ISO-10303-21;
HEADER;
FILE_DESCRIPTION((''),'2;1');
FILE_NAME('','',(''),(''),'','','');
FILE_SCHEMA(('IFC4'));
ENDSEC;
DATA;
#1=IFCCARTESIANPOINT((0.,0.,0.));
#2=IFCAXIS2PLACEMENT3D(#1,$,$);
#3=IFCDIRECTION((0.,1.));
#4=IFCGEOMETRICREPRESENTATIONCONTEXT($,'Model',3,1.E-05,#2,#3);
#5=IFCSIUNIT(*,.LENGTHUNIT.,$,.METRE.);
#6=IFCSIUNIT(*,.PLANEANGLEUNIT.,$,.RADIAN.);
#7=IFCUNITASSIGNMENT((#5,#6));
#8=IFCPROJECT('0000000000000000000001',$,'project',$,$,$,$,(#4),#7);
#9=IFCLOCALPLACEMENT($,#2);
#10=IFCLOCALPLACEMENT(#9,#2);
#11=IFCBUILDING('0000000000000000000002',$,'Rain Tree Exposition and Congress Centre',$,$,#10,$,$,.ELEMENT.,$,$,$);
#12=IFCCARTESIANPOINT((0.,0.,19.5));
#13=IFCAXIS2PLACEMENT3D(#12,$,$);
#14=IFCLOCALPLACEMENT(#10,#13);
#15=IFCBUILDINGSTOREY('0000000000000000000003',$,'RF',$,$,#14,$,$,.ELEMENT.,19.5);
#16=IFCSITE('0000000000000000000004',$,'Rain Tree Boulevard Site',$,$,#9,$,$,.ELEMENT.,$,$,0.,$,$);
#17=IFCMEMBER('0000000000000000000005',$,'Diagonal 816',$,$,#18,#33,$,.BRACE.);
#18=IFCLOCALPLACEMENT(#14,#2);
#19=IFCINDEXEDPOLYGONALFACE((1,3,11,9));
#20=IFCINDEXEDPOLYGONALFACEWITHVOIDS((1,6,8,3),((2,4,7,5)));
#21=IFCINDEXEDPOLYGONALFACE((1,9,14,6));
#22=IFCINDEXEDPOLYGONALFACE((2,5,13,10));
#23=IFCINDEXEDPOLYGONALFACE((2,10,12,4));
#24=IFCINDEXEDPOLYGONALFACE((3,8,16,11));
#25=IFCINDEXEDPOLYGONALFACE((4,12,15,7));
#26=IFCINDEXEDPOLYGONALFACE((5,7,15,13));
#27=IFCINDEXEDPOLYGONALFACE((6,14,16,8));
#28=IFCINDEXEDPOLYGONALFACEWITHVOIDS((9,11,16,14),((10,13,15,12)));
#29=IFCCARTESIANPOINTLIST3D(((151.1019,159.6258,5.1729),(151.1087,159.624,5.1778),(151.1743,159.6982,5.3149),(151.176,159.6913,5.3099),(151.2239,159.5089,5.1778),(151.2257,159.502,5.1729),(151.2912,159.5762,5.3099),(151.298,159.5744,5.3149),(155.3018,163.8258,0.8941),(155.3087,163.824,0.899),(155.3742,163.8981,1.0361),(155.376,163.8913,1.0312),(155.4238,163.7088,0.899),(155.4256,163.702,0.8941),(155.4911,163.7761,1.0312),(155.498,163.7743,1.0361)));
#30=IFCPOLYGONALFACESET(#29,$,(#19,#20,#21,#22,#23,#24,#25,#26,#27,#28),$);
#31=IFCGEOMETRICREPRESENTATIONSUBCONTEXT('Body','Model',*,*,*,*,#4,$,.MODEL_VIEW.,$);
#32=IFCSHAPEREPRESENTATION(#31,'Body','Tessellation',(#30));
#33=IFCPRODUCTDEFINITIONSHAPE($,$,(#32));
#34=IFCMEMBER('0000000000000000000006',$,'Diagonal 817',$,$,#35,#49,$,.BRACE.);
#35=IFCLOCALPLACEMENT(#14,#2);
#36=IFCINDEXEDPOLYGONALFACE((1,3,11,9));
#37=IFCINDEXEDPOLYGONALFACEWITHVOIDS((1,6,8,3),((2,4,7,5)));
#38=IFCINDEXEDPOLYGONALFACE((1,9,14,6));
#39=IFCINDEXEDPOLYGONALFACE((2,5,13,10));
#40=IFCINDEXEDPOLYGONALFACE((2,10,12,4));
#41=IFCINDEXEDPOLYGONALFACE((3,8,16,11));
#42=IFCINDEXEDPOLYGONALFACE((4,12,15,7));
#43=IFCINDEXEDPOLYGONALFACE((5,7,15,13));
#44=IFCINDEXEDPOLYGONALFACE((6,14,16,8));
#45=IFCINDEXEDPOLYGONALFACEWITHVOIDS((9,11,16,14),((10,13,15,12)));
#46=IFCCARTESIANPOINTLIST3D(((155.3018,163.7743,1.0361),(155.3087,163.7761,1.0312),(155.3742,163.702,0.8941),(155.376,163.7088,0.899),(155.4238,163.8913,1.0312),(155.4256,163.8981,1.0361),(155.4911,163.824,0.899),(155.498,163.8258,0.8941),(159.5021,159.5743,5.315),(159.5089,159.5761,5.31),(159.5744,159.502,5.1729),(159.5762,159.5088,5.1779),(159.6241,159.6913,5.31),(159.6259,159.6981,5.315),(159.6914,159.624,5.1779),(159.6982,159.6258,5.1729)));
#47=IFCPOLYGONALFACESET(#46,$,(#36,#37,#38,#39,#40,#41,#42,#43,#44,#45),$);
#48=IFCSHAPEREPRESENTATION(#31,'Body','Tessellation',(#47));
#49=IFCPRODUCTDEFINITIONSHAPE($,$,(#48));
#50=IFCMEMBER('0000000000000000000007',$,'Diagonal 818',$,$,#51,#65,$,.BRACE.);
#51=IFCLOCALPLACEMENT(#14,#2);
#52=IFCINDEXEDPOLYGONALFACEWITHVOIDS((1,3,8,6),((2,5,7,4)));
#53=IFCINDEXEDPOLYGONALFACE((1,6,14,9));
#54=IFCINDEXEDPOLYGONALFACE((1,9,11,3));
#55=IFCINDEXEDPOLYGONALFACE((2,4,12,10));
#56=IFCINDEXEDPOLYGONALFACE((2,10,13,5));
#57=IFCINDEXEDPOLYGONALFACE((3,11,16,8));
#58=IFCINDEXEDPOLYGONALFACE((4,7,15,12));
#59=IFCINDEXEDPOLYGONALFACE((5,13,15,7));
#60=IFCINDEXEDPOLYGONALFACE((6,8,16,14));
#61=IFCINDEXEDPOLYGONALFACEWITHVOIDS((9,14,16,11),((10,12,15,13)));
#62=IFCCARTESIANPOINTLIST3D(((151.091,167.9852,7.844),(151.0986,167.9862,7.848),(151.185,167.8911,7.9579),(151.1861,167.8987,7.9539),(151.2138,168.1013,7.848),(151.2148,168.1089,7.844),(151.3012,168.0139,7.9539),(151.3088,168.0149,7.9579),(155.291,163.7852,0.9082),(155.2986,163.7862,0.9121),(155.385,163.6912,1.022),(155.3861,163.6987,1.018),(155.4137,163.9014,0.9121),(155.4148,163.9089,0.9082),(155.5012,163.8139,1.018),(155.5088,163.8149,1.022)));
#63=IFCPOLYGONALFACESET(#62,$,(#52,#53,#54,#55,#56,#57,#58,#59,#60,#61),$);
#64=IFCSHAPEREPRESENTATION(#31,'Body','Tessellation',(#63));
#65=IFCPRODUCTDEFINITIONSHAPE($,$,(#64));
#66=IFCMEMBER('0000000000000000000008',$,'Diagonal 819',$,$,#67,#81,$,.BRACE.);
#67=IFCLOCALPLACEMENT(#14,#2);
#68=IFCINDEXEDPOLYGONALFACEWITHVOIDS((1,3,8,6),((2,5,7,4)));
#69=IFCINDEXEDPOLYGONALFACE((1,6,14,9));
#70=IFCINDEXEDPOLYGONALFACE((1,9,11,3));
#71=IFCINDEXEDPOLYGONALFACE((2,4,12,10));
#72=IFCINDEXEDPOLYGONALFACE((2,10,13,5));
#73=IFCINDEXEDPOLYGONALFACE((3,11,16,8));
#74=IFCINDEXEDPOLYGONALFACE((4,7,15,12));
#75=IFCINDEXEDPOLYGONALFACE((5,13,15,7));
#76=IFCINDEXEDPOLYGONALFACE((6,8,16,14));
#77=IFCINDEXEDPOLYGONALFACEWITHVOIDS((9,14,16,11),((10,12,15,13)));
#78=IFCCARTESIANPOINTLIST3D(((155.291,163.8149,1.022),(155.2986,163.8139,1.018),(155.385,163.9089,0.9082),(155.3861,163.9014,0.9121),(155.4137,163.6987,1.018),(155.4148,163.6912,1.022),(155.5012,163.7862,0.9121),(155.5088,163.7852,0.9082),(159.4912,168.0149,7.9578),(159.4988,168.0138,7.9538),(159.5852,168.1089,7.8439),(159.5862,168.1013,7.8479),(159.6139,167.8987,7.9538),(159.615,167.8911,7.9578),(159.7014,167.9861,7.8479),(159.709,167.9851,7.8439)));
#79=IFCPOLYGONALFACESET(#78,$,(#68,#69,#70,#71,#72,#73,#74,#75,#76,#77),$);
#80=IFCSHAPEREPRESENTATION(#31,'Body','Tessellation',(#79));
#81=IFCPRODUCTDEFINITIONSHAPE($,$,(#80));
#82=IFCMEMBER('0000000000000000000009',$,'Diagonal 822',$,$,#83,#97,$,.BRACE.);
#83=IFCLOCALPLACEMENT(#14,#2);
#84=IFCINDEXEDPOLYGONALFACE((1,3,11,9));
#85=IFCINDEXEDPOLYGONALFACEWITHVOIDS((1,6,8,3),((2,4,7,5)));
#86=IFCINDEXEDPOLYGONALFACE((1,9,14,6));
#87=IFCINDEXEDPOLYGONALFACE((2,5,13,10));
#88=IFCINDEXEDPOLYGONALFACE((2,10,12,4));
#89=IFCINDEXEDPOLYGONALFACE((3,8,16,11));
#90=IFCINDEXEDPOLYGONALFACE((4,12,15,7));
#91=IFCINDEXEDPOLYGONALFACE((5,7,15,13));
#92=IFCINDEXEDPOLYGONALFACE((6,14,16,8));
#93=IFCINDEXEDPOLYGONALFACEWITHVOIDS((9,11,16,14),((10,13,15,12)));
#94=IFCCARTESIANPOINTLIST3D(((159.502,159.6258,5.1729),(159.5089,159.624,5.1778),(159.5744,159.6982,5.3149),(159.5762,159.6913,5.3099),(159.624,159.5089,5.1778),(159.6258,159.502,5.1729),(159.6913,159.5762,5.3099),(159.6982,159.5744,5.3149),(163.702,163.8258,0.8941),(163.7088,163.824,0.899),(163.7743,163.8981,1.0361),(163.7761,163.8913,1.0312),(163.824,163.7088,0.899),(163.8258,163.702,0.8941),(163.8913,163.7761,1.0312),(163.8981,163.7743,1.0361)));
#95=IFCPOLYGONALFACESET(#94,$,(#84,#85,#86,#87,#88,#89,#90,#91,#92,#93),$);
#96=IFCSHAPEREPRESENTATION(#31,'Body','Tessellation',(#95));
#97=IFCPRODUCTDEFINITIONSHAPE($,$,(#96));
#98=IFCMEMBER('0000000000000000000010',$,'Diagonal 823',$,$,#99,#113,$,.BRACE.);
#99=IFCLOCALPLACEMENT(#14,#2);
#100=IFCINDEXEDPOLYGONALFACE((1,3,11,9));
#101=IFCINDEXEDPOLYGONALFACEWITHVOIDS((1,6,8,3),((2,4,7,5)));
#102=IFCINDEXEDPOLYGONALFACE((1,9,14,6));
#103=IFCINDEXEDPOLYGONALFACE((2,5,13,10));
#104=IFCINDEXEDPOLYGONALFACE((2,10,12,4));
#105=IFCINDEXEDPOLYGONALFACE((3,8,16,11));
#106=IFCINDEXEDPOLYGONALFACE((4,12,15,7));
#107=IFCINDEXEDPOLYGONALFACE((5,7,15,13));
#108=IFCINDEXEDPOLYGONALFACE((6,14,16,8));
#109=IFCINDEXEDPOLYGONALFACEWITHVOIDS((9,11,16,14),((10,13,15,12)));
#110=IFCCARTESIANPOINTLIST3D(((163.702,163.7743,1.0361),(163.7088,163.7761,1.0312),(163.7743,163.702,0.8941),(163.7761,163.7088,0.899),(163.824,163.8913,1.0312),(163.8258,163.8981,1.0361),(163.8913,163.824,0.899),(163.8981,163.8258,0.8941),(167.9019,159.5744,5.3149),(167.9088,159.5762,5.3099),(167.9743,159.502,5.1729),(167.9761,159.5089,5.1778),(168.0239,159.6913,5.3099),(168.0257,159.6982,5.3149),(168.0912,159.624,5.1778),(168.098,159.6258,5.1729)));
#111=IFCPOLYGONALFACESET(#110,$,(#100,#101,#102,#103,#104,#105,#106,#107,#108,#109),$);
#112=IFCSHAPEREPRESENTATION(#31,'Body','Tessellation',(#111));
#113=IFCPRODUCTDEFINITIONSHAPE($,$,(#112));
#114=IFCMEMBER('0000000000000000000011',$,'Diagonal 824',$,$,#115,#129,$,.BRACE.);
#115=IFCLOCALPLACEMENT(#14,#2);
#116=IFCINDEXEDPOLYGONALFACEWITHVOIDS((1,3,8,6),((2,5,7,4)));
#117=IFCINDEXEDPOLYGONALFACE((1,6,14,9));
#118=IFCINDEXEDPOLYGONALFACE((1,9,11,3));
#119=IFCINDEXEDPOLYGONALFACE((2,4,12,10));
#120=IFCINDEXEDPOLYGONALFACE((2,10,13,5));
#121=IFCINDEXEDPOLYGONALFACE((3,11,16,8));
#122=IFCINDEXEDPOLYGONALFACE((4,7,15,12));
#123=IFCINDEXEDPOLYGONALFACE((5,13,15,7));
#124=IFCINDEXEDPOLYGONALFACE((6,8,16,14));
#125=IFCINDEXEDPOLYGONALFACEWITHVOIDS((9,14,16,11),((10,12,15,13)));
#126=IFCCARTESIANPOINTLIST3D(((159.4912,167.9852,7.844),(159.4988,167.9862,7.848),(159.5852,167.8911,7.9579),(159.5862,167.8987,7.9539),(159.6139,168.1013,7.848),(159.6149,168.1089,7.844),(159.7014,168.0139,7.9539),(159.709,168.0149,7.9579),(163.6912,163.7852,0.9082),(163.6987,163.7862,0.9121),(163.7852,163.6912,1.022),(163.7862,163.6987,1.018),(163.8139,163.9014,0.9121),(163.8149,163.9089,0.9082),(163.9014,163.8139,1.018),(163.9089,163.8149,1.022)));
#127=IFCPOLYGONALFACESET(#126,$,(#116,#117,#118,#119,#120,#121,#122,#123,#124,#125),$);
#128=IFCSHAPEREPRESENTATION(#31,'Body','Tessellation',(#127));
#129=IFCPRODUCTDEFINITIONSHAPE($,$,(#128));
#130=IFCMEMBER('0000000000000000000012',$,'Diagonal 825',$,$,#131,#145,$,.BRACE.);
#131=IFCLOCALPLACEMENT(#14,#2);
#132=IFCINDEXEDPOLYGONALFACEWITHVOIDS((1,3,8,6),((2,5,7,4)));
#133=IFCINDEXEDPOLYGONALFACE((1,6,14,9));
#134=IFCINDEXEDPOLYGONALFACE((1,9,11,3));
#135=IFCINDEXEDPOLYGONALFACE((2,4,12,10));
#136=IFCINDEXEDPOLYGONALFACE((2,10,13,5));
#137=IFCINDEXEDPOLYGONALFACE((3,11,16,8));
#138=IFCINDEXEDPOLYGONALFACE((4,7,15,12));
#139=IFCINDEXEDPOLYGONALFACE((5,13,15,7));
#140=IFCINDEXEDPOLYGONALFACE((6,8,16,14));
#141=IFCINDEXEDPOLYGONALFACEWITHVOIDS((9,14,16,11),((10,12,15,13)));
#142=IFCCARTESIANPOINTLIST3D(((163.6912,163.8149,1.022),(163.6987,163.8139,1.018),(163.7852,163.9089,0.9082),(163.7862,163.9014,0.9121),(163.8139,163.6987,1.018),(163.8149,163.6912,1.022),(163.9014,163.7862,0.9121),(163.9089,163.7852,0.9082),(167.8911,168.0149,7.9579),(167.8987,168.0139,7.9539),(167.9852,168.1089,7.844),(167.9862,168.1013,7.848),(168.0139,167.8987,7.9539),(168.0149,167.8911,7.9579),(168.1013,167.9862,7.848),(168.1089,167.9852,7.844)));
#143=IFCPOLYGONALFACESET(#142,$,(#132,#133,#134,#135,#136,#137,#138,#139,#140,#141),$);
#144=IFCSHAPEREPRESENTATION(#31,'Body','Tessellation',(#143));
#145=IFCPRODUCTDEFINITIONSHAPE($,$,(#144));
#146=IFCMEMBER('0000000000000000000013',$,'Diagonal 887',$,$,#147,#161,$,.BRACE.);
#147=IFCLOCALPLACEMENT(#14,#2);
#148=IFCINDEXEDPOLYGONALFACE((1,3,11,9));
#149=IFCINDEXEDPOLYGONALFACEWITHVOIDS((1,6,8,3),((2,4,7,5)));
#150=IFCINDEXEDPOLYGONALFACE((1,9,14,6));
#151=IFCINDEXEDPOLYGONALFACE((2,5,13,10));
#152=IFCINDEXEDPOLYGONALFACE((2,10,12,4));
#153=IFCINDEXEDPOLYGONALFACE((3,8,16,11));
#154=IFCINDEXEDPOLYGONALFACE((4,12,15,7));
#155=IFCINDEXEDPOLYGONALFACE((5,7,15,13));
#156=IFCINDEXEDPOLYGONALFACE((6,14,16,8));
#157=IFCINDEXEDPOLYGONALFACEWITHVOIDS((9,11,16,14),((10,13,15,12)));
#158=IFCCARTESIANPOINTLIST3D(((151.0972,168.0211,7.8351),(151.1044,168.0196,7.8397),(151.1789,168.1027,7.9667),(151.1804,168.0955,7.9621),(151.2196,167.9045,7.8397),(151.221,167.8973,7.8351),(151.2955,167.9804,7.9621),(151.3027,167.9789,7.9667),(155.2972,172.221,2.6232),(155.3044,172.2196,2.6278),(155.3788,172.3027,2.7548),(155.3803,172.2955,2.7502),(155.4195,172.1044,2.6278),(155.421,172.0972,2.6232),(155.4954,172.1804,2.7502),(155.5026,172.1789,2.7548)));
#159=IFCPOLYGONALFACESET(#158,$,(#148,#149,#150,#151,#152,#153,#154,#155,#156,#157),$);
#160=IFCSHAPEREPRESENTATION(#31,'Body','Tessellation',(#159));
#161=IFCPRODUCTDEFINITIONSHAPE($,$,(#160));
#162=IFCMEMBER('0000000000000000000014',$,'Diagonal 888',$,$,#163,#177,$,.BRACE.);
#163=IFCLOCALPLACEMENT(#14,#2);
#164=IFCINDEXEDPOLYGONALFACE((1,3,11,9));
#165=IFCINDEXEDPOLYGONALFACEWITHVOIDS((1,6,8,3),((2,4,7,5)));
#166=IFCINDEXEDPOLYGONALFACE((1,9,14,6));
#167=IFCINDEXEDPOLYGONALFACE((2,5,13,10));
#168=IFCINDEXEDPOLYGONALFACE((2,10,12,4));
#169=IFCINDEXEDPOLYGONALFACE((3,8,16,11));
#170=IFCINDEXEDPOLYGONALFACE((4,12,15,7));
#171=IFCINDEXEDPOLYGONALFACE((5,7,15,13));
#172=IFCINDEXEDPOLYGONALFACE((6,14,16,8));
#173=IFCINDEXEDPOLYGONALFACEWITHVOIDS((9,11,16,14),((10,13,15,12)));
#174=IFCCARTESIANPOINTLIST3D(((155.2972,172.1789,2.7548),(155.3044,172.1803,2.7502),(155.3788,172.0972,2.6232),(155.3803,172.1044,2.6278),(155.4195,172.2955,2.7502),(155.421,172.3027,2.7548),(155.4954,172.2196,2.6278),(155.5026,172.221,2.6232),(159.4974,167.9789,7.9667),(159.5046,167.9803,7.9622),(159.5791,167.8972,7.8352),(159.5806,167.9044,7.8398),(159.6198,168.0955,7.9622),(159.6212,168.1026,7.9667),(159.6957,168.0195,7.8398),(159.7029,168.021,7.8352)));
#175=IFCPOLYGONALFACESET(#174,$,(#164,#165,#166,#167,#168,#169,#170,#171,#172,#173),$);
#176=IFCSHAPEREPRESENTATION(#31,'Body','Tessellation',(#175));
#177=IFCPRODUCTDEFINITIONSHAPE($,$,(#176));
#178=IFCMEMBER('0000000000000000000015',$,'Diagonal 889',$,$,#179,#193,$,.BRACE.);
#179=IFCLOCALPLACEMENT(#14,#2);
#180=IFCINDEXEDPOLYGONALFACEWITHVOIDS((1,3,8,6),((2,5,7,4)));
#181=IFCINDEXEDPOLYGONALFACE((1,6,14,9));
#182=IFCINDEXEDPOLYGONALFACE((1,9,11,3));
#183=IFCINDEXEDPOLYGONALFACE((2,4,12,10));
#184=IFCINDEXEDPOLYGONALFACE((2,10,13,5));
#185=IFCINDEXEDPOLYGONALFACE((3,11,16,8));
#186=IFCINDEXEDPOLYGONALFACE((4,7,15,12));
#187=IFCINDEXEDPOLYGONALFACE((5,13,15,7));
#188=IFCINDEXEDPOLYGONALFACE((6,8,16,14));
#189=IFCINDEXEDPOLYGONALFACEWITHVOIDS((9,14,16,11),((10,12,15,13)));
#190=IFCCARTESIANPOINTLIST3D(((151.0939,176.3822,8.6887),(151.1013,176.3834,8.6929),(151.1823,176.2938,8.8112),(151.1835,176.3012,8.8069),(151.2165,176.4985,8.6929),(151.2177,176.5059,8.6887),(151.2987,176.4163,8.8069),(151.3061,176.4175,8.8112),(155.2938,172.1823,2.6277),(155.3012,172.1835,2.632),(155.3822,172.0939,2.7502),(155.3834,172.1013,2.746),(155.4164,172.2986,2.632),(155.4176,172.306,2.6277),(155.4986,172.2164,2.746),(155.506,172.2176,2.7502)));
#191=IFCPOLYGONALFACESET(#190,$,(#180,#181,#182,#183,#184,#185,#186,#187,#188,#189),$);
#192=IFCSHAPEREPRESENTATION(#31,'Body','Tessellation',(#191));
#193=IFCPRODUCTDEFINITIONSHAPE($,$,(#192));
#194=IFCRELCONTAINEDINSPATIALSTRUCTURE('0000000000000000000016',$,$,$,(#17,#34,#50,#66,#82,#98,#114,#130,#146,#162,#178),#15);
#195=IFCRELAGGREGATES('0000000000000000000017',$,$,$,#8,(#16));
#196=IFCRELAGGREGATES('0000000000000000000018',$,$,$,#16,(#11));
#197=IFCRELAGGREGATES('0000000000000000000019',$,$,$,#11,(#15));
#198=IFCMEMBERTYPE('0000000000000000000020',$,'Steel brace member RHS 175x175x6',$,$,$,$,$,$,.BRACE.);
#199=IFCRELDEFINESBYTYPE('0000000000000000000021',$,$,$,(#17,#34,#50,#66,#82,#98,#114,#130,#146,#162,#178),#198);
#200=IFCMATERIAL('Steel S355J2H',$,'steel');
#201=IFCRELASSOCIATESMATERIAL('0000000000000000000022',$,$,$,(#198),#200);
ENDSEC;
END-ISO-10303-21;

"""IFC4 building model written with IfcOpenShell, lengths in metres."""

from ifc_helpers import new_model, si_unit, direction, frame, origin, origin_2d, place, context, subcontext, project, spatial, hollow_rectangle, extrude, material, material_profile, profile_set, type_object, element, save


model = new_model("IFC4")

# Units and contexts
model_context = context("Model", 3, precision=1e-05, world=origin(), true_north=direction((0.0, 1.0)))
body_context = subcontext(model_context, "Body", "Model", "MODEL_VIEW")
ifc_project = project(units=[si_unit("LENGTHUNIT", "METRE"), si_unit("PLANEANGLEUNIT", "RADIAN")], contexts=[model_context])

# Site, building, storey
site_placement = place(None, origin())
site = spatial("IfcSite", under=ifc_project, at=site_placement, Name="Rain Tree Boulevard Site", CompositionType="ELEMENT", RefElevation=0.0)
building_placement = place(site_placement, origin())
building = spatial("IfcBuilding", under=site, at=building_placement, Name="Rain Tree Exposition and Congress Centre", CompositionType="ELEMENT")
storey_placement = place(building_placement, frame((0.0, 0.0, 19.5)))
storey = spatial("IfcBuildingStorey", under=building, at=storey_placement, Name="RF", CompositionType="ELEMENT", Elevation=19.5)

# Members
ifc_material_1 = material(Name="Steel S355J2H", Category="steel")
ifc_material_profile_1 = material_profile(ifc_material_1, hollow_rectangle(XDim=0.175, YDim=0.175, WallThickness=0.0061, at=origin_2d()), Name="RHS 175x175x6")
ifc_profile_set_1 = profile_set([ifc_material_profile_1], Name="Steel S355J2H")
member_type_1 = type_object("IfcMemberType", Name="Steel brace member RHS 175x175x6", PredefinedType="BRACE", material=ifc_profile_set_1)
member_1_placement = place(storey_placement, frame((155.3999, 163.8, 0.9651), z_axis=(-0.573737, -0.573737, 0.58451), x_axis=(0.707107, -0.707107, 0.0)))
element("IfcMember", 1, at=member_1_placement, inside=storey, type_object=member_type_1, Name="Diagonal 816", PredefinedType="BRACE", context=body_context, shape_type="SweptSolid", body=[
    extrude(hollow_rectangle(XDim=0.175, YDim=0.175, WallThickness=0.0061, at=origin_2d()), origin(), (0.0, 0.0, 1.0), 7.3203),
])
member_2_placement = place(storey_placement, frame((155.3999, 163.8, 0.9651), z_axis=(0.57376, -0.573726, 0.584498), x_axis=(0.707086, 0.707127, 0.0)))
element("IfcMember", 2, at=member_2_placement, inside=storey, type_object=member_type_1, Name="Diagonal 817", PredefinedType="BRACE", context=body_context, shape_type="SweptSolid", body=[
    extrude(hollow_rectangle(XDim=0.175, YDim=0.175, WallThickness=0.0061, at=origin_2d()), origin(), (0.0, 0.0, 1.0), 7.3206),
])
for number, where, z_axis, x_axis, name in (
    (3, (155.3999, 163.8, 0.9651), (-0.459941, 0.459941, 0.759545), (-0.707107, -0.707107, 0.0), "Diagonal 818"),
    (4, (155.3999, 163.8, 0.9651), (0.459962, 0.459935, 0.759536), (-0.707086, 0.707127, 0.0), "Diagonal 819"),
):
    element("IfcMember", number, at=place(storey_placement, frame(where, z_axis=z_axis, x_axis=x_axis)), inside=storey, type_object=member_type_1, Name=name, PredefinedType="BRACE", context=body_context, shape_type="SweptSolid", body=[
        extrude(hollow_rectangle(XDim=0.175, YDim=0.175, WallThickness=0.0061, at=origin_2d()), origin(), (0.0, 0.0, 1.0), 9.1316),
    ])
for number, where, z_axis, x_axis, name in (
    (5, (163.8, 163.8, 0.9651), (-0.573737, -0.573737, 0.58451), (0.707107, -0.707107, 0.0), "Diagonal 822"),
    (6, (163.8, 163.8, 0.9651), (0.573737, -0.573737, 0.58451), (0.707107, 0.707107, 0.0), "Diagonal 823"),
):
    element("IfcMember", number, at=place(storey_placement, frame(where, z_axis=z_axis, x_axis=x_axis)), inside=storey, type_object=member_type_1, Name=name, PredefinedType="BRACE", context=body_context, shape_type="SweptSolid", body=[
        extrude(hollow_rectangle(XDim=0.175, YDim=0.175, WallThickness=0.0061, at=origin_2d()), origin(), (0.0, 0.0, 1.0), 7.3203),
    ])
for number, where, z_axis, x_axis, name in (
    (7, (163.8, 163.8, 0.9651), (-0.459941, 0.459941, 0.759545), (-0.707107, -0.707107, 0.0), "Diagonal 824"),
    (8, (163.8, 163.8, 0.9651), (0.459941, 0.459941, 0.759545), (-0.707107, 0.707107, 0.0), "Diagonal 825"),
):
    element("IfcMember", number, at=place(storey_placement, frame(where, z_axis=z_axis, x_axis=x_axis)), inside=storey, type_object=member_type_1, Name=name, PredefinedType="BRACE", context=body_context, shape_type="SweptSolid", body=[
        extrude(hollow_rectangle(XDim=0.175, YDim=0.175, WallThickness=0.0061, at=origin_2d()), origin(), (0.0, 0.0, 1.0), 9.1316),
    ])
member_3_placement = place(storey_placement, frame((155.3999, 172.2, 2.689), z_axis=(-0.531498, -0.531498, 0.65956), x_axis=(0.707107, -0.707107, 0.0)))
element("IfcMember", 9, at=member_3_placement, inside=storey, type_object=member_type_1, Name="Diagonal 887", PredefinedType="BRACE", context=body_context, shape_type="SweptSolid", body=[
    extrude(hollow_rectangle(XDim=0.175, YDim=0.175, WallThickness=0.0061, at=origin_2d()), origin(), (0.0, 0.0, 1.0), 7.9021),
])
member_4_placement = place(storey_placement, frame((155.3999, 172.2, 2.689), z_axis=(0.53152, -0.531489, 0.65955), x_axis=(0.707086, 0.707127, 0.0)))
element("IfcMember", 10, at=member_4_placement, inside=storey, type_object=member_type_1, Name="Diagonal 888", PredefinedType="BRACE", context=body_context, shape_type="SweptSolid", body=[
    extrude(hollow_rectangle(XDim=0.175, YDim=0.175, WallThickness=0.0061, at=origin_2d()), origin(), (0.0, 0.0, 1.0), 7.9023),
])
member_5_placement = place(storey_placement, frame((155.3999, 172.2, 2.689), z_axis=(-0.494916, 0.494916, 0.714224), x_axis=(-0.707107, -0.707107, 0.0)))
element("IfcMember", 11, at=member_5_placement, inside=storey, type_object=member_type_1, Name="Diagonal 889", PredefinedType="BRACE", context=body_context, shape_type="SweptSolid", body=[
    extrude(hollow_rectangle(XDim=0.175, YDim=0.175, WallThickness=0.0061, at=origin_2d()), origin(), (0.0, 0.0, 1.0), 8.4861),
])

save(model, "model.ifc")
